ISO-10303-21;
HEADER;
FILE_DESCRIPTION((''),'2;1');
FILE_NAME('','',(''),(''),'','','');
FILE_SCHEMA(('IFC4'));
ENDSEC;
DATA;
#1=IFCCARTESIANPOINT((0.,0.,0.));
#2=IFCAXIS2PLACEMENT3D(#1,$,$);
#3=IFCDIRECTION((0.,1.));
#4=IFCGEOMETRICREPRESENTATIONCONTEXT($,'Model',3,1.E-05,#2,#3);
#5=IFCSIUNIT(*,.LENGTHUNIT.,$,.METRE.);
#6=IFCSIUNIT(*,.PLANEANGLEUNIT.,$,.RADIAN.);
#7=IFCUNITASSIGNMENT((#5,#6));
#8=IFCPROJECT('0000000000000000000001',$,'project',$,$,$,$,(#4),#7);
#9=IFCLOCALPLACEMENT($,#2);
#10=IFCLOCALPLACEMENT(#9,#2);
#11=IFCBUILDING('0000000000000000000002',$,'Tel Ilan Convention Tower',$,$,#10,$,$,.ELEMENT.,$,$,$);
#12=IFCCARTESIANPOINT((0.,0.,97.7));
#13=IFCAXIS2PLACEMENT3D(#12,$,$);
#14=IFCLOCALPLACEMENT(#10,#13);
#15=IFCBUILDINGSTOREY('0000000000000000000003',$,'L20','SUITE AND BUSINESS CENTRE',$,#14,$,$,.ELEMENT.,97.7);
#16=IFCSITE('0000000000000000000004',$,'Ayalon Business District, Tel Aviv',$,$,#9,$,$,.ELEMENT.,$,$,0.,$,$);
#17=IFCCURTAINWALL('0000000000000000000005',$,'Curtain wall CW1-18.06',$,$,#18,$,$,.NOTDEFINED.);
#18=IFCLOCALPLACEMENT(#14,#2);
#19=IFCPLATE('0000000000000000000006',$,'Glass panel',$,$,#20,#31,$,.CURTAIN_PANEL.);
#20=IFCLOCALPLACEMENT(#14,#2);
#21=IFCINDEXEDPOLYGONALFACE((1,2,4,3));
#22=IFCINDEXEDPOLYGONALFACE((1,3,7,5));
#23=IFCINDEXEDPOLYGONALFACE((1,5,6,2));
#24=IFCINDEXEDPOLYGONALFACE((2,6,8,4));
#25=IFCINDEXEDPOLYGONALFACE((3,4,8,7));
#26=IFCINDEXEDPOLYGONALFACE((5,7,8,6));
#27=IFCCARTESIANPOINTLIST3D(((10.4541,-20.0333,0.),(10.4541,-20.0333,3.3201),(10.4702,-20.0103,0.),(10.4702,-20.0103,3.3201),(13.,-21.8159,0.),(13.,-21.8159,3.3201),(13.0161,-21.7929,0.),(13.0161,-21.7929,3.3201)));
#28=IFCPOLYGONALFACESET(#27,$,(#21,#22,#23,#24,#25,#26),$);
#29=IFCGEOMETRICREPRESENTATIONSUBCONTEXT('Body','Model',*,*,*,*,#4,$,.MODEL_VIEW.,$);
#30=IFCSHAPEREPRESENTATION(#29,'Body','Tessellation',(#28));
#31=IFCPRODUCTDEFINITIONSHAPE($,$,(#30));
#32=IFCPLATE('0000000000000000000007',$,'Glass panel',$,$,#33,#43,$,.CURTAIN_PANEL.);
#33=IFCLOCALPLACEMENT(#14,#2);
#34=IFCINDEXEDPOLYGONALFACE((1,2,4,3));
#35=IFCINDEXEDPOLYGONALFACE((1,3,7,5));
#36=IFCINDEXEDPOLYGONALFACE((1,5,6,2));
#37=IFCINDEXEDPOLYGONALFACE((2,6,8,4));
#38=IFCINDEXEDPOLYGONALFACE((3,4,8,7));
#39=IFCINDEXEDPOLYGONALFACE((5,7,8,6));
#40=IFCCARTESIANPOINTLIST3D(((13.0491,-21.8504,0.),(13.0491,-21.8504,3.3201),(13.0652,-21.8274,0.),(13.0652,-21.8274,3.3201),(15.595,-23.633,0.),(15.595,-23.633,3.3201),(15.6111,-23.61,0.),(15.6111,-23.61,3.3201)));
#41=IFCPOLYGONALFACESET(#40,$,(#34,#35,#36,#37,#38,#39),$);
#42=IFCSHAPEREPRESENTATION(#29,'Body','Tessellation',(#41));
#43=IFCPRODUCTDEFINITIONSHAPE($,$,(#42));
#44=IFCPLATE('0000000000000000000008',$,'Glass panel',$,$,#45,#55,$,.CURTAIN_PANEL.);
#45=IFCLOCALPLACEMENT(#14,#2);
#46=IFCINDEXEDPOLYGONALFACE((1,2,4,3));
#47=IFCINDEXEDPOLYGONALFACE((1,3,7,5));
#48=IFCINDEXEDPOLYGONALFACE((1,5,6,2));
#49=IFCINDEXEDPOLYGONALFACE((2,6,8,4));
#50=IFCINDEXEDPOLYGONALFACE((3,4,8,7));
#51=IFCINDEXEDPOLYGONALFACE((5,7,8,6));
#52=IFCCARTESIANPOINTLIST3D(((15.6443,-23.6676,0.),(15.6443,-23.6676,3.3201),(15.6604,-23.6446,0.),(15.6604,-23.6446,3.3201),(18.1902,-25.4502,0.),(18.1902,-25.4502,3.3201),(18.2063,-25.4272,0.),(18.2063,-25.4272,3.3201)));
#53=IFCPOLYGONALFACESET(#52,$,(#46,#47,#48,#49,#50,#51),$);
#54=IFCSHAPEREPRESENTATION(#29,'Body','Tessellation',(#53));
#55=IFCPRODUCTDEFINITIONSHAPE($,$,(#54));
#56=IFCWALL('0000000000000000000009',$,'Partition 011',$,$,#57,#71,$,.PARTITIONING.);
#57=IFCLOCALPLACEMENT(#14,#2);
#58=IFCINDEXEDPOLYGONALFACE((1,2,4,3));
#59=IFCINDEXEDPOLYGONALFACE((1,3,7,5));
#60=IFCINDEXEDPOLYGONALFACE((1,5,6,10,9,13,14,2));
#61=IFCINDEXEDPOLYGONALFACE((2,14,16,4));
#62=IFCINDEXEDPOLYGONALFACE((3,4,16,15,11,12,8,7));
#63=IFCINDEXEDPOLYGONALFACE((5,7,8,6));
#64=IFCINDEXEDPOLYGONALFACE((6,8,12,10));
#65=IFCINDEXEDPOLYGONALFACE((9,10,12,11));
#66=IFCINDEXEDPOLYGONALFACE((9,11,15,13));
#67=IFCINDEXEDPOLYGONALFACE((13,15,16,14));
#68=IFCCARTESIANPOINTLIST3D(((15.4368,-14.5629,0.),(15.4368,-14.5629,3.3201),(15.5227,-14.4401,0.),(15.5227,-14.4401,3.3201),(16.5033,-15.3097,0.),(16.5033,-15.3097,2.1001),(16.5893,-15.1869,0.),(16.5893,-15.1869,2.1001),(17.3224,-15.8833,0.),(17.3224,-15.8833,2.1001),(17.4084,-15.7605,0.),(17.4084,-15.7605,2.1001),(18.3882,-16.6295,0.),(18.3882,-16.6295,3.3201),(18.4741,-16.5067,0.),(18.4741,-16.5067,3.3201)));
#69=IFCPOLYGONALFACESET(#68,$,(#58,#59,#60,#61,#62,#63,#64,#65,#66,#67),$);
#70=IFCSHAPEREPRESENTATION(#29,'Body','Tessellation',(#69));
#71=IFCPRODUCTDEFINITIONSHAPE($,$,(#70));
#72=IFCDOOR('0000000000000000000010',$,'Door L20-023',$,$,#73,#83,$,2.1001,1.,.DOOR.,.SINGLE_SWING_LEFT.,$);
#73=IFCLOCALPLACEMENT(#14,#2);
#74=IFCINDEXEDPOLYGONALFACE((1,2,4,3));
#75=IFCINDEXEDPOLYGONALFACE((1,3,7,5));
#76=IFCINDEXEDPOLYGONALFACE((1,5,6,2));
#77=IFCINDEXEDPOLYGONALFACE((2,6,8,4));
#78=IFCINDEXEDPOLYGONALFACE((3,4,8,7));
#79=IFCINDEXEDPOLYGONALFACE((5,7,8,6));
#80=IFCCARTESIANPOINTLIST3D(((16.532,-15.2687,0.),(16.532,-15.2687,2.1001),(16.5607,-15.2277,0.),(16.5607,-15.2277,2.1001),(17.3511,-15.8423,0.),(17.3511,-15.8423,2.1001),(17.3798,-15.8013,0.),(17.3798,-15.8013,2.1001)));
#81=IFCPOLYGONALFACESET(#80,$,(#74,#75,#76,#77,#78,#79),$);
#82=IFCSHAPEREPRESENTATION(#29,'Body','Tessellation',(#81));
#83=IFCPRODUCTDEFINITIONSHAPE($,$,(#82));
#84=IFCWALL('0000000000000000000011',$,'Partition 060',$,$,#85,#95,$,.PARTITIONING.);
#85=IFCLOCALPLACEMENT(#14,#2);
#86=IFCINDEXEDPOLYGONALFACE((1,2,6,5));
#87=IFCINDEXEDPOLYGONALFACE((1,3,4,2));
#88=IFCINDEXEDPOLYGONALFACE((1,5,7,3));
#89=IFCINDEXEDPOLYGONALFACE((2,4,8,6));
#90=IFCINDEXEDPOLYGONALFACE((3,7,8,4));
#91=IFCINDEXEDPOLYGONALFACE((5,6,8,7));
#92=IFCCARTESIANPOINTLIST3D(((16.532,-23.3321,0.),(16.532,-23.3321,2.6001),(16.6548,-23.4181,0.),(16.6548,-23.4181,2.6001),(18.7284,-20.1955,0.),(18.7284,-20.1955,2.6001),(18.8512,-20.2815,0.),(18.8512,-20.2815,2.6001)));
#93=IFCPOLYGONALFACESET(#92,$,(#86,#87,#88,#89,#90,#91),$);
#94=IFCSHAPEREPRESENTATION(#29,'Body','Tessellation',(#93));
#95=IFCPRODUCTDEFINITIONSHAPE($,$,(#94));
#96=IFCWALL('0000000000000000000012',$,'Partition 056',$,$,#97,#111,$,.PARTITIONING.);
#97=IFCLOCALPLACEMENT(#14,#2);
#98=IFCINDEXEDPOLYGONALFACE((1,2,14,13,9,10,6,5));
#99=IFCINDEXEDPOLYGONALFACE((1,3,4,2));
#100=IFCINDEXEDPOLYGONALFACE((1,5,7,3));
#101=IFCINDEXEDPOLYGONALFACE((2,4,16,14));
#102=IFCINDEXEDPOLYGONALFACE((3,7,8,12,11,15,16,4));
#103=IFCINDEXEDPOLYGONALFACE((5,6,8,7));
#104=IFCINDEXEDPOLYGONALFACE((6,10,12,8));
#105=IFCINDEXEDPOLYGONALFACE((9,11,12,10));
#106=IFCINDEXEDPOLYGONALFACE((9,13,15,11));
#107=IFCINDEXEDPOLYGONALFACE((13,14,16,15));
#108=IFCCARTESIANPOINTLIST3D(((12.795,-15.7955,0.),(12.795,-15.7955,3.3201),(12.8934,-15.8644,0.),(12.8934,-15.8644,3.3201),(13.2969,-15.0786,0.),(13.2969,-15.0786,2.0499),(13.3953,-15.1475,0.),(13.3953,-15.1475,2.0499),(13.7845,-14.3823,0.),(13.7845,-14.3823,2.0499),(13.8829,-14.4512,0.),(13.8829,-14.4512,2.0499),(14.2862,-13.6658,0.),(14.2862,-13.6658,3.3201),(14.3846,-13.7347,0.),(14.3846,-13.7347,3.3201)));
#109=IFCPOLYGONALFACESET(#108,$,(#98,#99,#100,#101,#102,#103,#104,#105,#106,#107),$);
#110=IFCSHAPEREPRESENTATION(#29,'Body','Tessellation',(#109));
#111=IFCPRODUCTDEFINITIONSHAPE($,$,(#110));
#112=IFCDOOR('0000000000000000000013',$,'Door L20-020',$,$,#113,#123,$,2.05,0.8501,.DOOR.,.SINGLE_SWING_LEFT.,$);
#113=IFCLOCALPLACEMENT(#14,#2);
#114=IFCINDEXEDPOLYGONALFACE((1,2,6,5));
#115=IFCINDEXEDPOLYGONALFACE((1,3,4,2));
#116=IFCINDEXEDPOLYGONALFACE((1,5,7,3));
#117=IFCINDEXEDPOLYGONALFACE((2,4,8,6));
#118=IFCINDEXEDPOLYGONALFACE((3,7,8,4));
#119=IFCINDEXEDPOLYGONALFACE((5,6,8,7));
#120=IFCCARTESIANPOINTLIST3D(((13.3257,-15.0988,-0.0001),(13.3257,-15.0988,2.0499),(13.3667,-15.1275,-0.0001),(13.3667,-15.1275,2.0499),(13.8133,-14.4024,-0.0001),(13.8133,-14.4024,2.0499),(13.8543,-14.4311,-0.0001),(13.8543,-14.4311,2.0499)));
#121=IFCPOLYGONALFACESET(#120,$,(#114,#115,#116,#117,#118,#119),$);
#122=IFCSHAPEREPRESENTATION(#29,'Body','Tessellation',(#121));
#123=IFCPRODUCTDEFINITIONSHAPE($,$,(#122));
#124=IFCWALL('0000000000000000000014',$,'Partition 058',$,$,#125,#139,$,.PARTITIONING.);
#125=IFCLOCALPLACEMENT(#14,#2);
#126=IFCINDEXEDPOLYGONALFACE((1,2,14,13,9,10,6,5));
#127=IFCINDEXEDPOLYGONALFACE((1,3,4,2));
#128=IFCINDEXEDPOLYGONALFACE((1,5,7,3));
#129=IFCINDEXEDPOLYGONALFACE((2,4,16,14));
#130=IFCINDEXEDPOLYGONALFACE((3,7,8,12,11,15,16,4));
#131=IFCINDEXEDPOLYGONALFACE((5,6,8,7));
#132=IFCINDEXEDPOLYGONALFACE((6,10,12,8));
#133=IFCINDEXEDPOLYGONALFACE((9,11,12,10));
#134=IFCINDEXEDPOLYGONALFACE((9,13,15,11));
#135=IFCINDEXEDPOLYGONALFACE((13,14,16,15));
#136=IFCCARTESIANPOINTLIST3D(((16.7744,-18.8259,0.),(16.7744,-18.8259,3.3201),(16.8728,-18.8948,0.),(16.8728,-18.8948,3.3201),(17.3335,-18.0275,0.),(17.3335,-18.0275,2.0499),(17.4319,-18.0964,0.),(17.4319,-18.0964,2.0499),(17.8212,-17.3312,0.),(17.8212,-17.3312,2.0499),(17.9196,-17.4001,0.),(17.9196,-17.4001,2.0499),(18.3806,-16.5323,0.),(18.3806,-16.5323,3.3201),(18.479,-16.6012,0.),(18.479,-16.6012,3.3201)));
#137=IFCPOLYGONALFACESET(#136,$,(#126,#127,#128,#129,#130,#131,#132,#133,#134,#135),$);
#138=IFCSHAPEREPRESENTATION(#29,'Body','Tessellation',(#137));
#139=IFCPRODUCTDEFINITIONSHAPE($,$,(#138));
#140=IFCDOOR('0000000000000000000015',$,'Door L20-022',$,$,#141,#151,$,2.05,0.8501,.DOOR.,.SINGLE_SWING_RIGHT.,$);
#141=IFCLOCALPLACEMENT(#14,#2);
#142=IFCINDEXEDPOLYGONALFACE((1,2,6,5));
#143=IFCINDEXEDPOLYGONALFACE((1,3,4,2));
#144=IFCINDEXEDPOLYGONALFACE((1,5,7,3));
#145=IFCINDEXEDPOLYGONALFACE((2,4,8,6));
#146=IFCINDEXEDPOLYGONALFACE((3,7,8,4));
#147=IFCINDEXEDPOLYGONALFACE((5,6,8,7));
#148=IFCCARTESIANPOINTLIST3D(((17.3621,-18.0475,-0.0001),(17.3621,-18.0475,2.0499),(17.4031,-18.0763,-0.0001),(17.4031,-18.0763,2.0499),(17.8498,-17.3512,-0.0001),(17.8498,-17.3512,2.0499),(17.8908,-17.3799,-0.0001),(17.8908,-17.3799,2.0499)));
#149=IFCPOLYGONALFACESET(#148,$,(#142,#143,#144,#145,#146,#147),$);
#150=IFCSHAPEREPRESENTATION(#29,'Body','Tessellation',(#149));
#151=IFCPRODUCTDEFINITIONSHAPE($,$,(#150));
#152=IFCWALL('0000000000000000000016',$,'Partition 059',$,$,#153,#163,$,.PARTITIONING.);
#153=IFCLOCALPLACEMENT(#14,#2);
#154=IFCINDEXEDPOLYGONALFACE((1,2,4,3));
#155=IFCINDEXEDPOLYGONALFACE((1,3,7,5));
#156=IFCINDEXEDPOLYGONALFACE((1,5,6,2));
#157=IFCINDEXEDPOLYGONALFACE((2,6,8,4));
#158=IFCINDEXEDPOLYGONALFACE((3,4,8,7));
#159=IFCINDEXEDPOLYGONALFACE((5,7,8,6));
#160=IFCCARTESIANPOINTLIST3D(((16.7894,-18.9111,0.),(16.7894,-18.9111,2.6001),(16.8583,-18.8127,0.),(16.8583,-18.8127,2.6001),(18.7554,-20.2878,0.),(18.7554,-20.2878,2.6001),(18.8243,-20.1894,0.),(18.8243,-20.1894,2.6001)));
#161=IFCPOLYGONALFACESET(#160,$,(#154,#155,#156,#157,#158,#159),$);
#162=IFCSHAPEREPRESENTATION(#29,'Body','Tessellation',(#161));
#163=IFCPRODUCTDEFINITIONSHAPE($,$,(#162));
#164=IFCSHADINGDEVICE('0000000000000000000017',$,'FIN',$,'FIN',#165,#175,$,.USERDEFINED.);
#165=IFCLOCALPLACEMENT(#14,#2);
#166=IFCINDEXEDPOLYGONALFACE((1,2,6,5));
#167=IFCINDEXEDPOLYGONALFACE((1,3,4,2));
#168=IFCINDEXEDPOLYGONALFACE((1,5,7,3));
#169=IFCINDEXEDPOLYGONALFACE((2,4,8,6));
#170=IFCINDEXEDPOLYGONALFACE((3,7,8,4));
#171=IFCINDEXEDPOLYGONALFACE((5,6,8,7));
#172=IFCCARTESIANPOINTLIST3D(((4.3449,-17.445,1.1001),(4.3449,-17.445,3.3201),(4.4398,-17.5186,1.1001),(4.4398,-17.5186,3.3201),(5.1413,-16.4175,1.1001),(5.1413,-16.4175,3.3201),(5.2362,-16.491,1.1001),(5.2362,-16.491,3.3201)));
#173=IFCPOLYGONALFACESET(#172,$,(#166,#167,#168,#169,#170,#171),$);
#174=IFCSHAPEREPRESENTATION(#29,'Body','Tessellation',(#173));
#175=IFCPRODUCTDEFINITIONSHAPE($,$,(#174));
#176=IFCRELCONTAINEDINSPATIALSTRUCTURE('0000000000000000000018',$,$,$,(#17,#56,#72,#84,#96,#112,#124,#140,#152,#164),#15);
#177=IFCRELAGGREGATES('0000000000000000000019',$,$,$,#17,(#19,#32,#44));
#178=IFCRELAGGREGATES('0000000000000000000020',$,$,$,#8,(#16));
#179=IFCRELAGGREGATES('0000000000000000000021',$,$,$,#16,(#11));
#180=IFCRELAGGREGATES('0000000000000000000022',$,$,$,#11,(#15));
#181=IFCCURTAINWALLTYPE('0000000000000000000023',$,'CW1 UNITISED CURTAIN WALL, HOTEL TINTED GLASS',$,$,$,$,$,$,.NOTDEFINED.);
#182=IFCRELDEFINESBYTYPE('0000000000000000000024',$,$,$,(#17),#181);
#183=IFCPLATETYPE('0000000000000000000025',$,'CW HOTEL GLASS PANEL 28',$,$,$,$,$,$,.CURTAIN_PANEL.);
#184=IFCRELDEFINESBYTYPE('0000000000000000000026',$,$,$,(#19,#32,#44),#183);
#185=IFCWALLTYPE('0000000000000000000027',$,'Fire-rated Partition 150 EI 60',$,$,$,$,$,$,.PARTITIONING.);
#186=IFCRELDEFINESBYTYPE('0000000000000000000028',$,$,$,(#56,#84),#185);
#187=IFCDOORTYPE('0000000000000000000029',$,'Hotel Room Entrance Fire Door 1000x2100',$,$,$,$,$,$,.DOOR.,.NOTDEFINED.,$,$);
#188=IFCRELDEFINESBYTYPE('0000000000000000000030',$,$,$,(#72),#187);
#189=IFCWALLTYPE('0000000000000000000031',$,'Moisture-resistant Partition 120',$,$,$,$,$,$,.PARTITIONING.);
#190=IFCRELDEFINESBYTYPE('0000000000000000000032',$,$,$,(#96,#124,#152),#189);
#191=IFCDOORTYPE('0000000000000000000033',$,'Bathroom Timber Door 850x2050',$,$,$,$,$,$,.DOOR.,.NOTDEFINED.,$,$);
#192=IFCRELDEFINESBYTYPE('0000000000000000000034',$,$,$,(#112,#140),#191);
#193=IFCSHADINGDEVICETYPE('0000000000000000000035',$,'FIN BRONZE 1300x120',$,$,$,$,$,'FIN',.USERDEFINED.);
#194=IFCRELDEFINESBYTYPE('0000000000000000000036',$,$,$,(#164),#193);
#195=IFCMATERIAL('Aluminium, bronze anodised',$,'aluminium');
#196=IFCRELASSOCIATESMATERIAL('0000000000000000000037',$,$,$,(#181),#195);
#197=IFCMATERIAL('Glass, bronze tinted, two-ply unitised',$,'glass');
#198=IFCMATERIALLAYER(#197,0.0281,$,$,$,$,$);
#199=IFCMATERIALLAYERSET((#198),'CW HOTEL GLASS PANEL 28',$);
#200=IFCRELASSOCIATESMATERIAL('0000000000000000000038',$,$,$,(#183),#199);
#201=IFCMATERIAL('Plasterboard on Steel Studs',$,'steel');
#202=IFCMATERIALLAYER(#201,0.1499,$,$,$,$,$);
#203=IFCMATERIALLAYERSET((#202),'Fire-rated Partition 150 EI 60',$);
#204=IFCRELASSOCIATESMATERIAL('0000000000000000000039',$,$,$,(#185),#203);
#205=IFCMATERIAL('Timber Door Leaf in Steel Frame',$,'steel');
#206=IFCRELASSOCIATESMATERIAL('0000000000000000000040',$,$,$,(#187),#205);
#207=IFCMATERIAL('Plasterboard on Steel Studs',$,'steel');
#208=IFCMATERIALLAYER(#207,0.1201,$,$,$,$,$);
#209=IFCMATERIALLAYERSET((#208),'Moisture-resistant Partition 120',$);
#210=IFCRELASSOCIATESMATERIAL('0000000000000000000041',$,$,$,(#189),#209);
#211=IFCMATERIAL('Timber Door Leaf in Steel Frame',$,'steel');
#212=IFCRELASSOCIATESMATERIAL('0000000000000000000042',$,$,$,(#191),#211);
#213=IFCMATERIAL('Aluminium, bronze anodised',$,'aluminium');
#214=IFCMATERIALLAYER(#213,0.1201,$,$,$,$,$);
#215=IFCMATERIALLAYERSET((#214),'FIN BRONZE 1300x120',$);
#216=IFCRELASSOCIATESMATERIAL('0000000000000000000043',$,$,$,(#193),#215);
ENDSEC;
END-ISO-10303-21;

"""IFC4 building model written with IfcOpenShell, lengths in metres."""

from ifc_helpers import new_model, si_unit, direction, frame, frame_2d, origin, origin_2d, place, context, subcontext, project, spatial, rectangle, extrude, material, layer, layer_set, type_object, element, fill, aggregate, save


model = new_model("IFC4")

# Units and contexts
model_context = context("Model", 3, precision=1e-05, world=origin(), true_north=direction((0.0, 1.0)))
body_context = subcontext(model_context, "Body", "Model", "MODEL_VIEW")
ifc_project = project(units=[si_unit("LENGTHUNIT", "METRE"), si_unit("PLANEANGLEUNIT", "RADIAN")], contexts=[model_context])

# Site, building, storey
site_placement = place(None, origin())
site = spatial("IfcSite", under=ifc_project, at=site_placement, Name="Ayalon Business District, Tel Aviv", CompositionType="ELEMENT", RefElevation=0.0)
building_placement = place(site_placement, origin())
building = spatial("IfcBuilding", under=site, at=building_placement, Name="Tel Ilan Convention Tower", CompositionType="ELEMENT")
storey_placement = place(building_placement, frame((0.0, 0.0, 97.7)))
storey = spatial("IfcBuildingStorey", under=building, at=storey_placement, Name="L20", Description="SUITE AND BUSINESS CENTRE", CompositionType="ELEMENT", Elevation=97.7)

# Curtain wall, plates
ifc_material_1 = material(Name="Aluminium, bronze anodised", Category="aluminium")
curtain_wall_type = type_object("IfcCurtainWallType", Name="CW1 UNITISED CURTAIN WALL, HOTEL TINTED GLASS", PredefinedType="NOTDEFINED", material=ifc_material_1)
curtain_wall_placement = place(storey_placement, origin())
curtain_wall = element("IfcCurtainWall", 1, at=curtain_wall_placement, inside=storey, type_object=curtain_wall_type, Name="Curtain wall CW1-18.06", PredefinedType="NOTDEFINED")
ifc_material_2 = material(Name="Glass, bronze tinted, two-ply unitised", Category="glass")
ifc_layer_1 = layer(ifc_material_2, 0.0281)
ifc_layer_set_1 = layer_set([ifc_layer_1], Name="CW HOTEL GLASS PANEL 28")
plate_type = type_object("IfcPlateType", Name="CW HOTEL GLASS PANEL 28", PredefinedType="CURTAIN_PANEL", material=ifc_layer_set_1)
plate_1_placement = place(storey_placement, frame((11.7351, -20.9131, 0.0), z_axis=(0.0, 0.0, 1.0), x_axis=(0.819152, -0.573576, 0.0)))
plate_1 = element("IfcPlate", 2, at=plate_1_placement, type_object=plate_type, Name="Glass panel", PredefinedType="CURTAIN_PANEL", context=body_context, shape_type="SweptSolid", body=[
    extrude(rectangle(XDim=3.1079, YDim=0.0281, at=origin_2d()), origin(), (0.0, 0.0, 1.0), 3.3201),
])
plate_2_placement = place(storey_placement, frame((14.3301, -22.7302, 0.0), z_axis=(0.0, 0.0, 1.0), x_axis=(0.819152, -0.573576, 0.0)))
plate_2 = element("IfcPlate", 3, at=plate_2_placement, type_object=plate_type, Name="Glass panel", PredefinedType="CURTAIN_PANEL", context=body_context, shape_type="SweptSolid", body=[
    extrude(rectangle(XDim=3.1079, YDim=0.0281, at=origin_2d()), origin(), (0.0, 0.0, 1.0), 3.3201),
])
plate_3_placement = place(storey_placement, frame((16.9253, -24.5474, 0.0), z_axis=(0.0, 0.0, 1.0), x_axis=(0.819152, -0.573576, 0.0)))
plate_3 = element("IfcPlate", 4, at=plate_3_placement, type_object=plate_type, Name="Glass panel", PredefinedType="CURTAIN_PANEL", context=body_context, shape_type="SweptSolid", body=[
    extrude(rectangle(XDim=3.1079, YDim=0.0281, at=origin_2d()), origin(), (0.0, 0.0, 1.0), 3.3201),
])
aggregate(curtain_wall, [plate_1, plate_2, plate_3])

# Wall, opening, door
ifc_material_3 = material(Name="Plasterboard on Steel Studs", Category="steel")
ifc_layer_2 = layer(ifc_material_3, 0.1499)
ifc_layer_set_2 = layer_set([ifc_layer_2], Name="Fire-rated Partition 150 EI 60")
wall_type_1 = type_object("IfcWallType", Name="Fire-rated Partition 150 EI 60", PredefinedType="PARTITIONING", material=ifc_layer_set_2)
wall_1_placement = place(storey_placement, frame((18.4312, -16.5681, 0.0), z_axis=(0.0, 0.0, 1.0), x_axis=(-0.819146, 0.573585, 0.0)))
wall_1 = element("IfcWall", 5, at=wall_1_placement, inside=storey, type_object=wall_type_1, Name="Partition 011", PredefinedType="PARTITIONING", context=body_context, shape_type="SweptSolid", body=[
    extrude(rectangle(XDim=3.603, YDim=0.1499, at=frame_2d((1.8015, 0.0))), origin(), (0.0, 0.0, 1.0), 3.3201),
])
opening_1_placement = place(wall_1_placement, frame((1.301, 0.0, 0.0)))
opening_1 = element("IfcOpeningElement", 6, at=opening_1_placement, cuts=wall_1, PredefinedType="OPENING", context=body_context, shape_type="SweptSolid", body=[
    extrude(rectangle(XDim=1.0, YDim=2.1001, at=frame_2d((0.5, 1.05))), frame((0.0, 0.085, 0.0), z_axis=(0.0, -1.0, 0.0), x_axis=(1.0, 0.0, 0.0)), (0.0, 0.0, 1.0), 0.1699),
])
ifc_material_4 = material(Name="Timber Door Leaf in Steel Frame", Category="steel")
door_type_1 = type_object("IfcDoorType", Name="Hotel Room Entrance Fire Door 1000x2100", OperationType="NOTDEFINED", PredefinedType="DOOR", material=ifc_material_4)
door_1_placement = place(opening_1_placement, origin())
door_1 = element("IfcDoor", 7, at=door_1_placement, inside=storey, type_object=door_type_1, Name="Door L20-023", OperationType="SINGLE_SWING_LEFT", OverallHeight=2.1001, OverallWidth=1.0, PredefinedType="DOOR", context=body_context, shape_type="SweptSolid", body=[
    extrude(rectangle(XDim=1.0, YDim=2.1001, at=frame_2d((0.5, 1.05))), frame((0.0, 0.0249, 0.0), z_axis=(0.0, -1.0, 0.0), x_axis=(1.0, 0.0, 0.0)), (0.0, 0.0, 1.0), 0.05),
])
fill(opening_1, door_1)

# Wall
wall_2_placement = place(storey_placement, frame((18.7898, -20.2385, 0.0), z_axis=(0.0, 0.0, 1.0), x_axis=(-0.573595, -0.819139, 0.0)))
element("IfcWall", 8, at=wall_2_placement, inside=storey, type_object=wall_type_1, Name="Partition 060", PredefinedType="PARTITIONING", context=body_context, shape_type="SweptSolid", body=[
    extrude(rectangle(XDim=3.8291, YDim=0.1499, at=frame_2d((1.9146, 0.0))), origin(), (0.0, 0.0, 1.0), 2.6001),
])

# Walls, openings, doors
ifc_material_5 = material(Name="Plasterboard on Steel Studs", Category="steel")
ifc_layer_3 = layer(ifc_material_5, 0.1201)
ifc_layer_set_3 = layer_set([ifc_layer_3], Name="Moisture-resistant Partition 120")
wall_type_2 = type_object("IfcWallType", Name="Moisture-resistant Partition 120", PredefinedType="PARTITIONING", material=ifc_layer_set_3)
wall_3_placement = place(storey_placement, frame((12.8442, -15.8298, 0.0), z_axis=(0.0, 0.0, 1.0), x_axis=(0.573582, 0.819148, 0.0)))
wall_3 = element("IfcWall", 9, at=wall_3_placement, inside=storey, type_object=wall_type_2, Name="Partition 056", PredefinedType="PARTITIONING", context=body_context, shape_type="SweptSolid", body=[
    extrude(rectangle(XDim=2.5999, YDim=0.1201, at=frame_2d((1.2998, 0.0))), origin(), (0.0, 0.0, 1.0), 3.3201),
])
opening_2_placement = place(wall_3_placement, frame((0.875, 0.0, 0.0)))
opening_2 = element("IfcOpeningElement", 10, at=opening_2_placement, cuts=wall_3, PredefinedType="OPENING", context=body_context, shape_type="SweptSolid", body=[
    extrude(rectangle(XDim=0.8501, YDim=2.05, at=frame_2d((0.425, 1.0249))), frame((0.0, 0.0701, 0.0), z_axis=(0.0, -1.0, 0.0), x_axis=(1.0, 0.0, 0.0)), (0.0, 0.0, 1.0), 0.1401),
])
ifc_material_6 = material(Name="Timber Door Leaf in Steel Frame", Category="steel")
door_type_2 = type_object("IfcDoorType", Name="Bathroom Timber Door 850x2050", OperationType="NOTDEFINED", PredefinedType="DOOR", material=ifc_material_6)
door_2_placement = place(opening_2_placement, origin())
door_2 = element("IfcDoor", 11, at=door_2_placement, inside=storey, type_object=door_type_2, Name="Door L20-020", OperationType="SINGLE_SWING_LEFT", OverallHeight=2.05, OverallWidth=0.8501, PredefinedType="DOOR", context=body_context, shape_type="SweptSolid", body=[
    extrude(rectangle(XDim=0.8501, YDim=2.05, at=frame_2d((0.425, 1.0249))), frame((0.0, 0.0249, 0.0), z_axis=(0.0, -1.0, 0.0), x_axis=(1.0, 0.0, 0.0)), (0.0, 0.0, 1.0), 0.05),
])
fill(opening_2, door_2)
wall_4_placement = place(storey_placement, frame((18.4297, -16.5669, 0.0), z_axis=(0.0, 0.0, 1.0), x_axis=(-0.573609, -0.81913, 0.0)))
wall_4 = element("IfcWall", 12, at=wall_4_placement, inside=storey, type_object=wall_type_2, Name="Partition 058", PredefinedType="PARTITIONING", context=body_context, shape_type="SweptSolid", body=[
    extrude(rectangle(XDim=2.8, YDim=0.1201, at=frame_2d((1.3999, 0.0))), origin(), (0.0, 0.0, 1.0), 3.3201),
])
opening_3_placement = place(wall_4_placement, frame((0.9751, 0.0, 0.0)))
opening_3 = element("IfcOpeningElement", 13, at=opening_3_placement, cuts=wall_4, PredefinedType="OPENING", context=body_context, shape_type="SweptSolid", body=[
    extrude(rectangle(XDim=0.8501, YDim=2.05, at=frame_2d((0.425, 1.0249))), frame((0.0, 0.0701, 0.0), z_axis=(0.0, -1.0, 0.0), x_axis=(1.0, 0.0, 0.0)), (0.0, 0.0, 1.0), 0.1401),
])
door_3_placement = place(opening_3_placement, origin())
door_3 = element("IfcDoor", 14, at=door_3_placement, inside=storey, type_object=door_type_2, Name="Door L20-022", OperationType="SINGLE_SWING_RIGHT", OverallHeight=2.05, OverallWidth=0.8501, PredefinedType="DOOR", context=body_context, shape_type="SweptSolid", body=[
    extrude(rectangle(XDim=0.8501, YDim=2.05, at=frame_2d((0.425, 1.0249))), frame((0.0, 0.0249, 0.0), z_axis=(0.0, -1.0, 0.0), x_axis=(1.0, 0.0, 0.0)), (0.0, 0.0, 1.0), 0.05),
])
fill(opening_3, door_3)

# Wall
wall_5_placement = place(storey_placement, frame((16.8237, -18.8618, 0.0), z_axis=(0.0, 0.0, 1.0), x_axis=(0.819141, -0.573592, 0.0)))
element("IfcWall", 15, at=wall_5_placement, inside=storey, type_object=wall_type_2, Name="Partition 059", PredefinedType="PARTITIONING", context=body_context, shape_type="SweptSolid", body=[
    extrude(rectangle(XDim=2.4001, YDim=0.1201, at=frame_2d((1.2002, 0.0))), origin(), (0.0, 0.0, 1.0), 2.6001),
])

# Shading device
ifc_material_7 = material(Name="Aluminium, bronze anodised", Category="aluminium")
ifc_layer_4 = layer(ifc_material_7, 0.1201)
ifc_layer_set_4 = layer_set([ifc_layer_4], Name="FIN BRONZE 1300x120")
shading_device_type = type_object("IfcShadingDeviceType", Name="FIN BRONZE 1300x120", ElementType="FIN", PredefinedType="USERDEFINED", material=ifc_layer_set_4)
for number, where, z_axis, x_axis, name in (
    (16, (4.7905, -16.968, 1.1001), (0.0, 0.0, 1.0), (-0.612601, -0.790393, 0.0), "FIN"),
):
    element("IfcShadingDevice", number, at=place(storey_placement, frame(where, z_axis=z_axis, x_axis=x_axis)), inside=storey, type_object=shading_device_type, Name=name, ObjectType="FIN", PredefinedType="USERDEFINED", context=body_context, shape_type="SweptSolid", body=[
        extrude(rectangle(XDim=1.3, YDim=0.1201, at=origin_2d()), origin(), (0.0, 0.0, 1.0), 2.22),
    ])

save(model, "model.ifc")
